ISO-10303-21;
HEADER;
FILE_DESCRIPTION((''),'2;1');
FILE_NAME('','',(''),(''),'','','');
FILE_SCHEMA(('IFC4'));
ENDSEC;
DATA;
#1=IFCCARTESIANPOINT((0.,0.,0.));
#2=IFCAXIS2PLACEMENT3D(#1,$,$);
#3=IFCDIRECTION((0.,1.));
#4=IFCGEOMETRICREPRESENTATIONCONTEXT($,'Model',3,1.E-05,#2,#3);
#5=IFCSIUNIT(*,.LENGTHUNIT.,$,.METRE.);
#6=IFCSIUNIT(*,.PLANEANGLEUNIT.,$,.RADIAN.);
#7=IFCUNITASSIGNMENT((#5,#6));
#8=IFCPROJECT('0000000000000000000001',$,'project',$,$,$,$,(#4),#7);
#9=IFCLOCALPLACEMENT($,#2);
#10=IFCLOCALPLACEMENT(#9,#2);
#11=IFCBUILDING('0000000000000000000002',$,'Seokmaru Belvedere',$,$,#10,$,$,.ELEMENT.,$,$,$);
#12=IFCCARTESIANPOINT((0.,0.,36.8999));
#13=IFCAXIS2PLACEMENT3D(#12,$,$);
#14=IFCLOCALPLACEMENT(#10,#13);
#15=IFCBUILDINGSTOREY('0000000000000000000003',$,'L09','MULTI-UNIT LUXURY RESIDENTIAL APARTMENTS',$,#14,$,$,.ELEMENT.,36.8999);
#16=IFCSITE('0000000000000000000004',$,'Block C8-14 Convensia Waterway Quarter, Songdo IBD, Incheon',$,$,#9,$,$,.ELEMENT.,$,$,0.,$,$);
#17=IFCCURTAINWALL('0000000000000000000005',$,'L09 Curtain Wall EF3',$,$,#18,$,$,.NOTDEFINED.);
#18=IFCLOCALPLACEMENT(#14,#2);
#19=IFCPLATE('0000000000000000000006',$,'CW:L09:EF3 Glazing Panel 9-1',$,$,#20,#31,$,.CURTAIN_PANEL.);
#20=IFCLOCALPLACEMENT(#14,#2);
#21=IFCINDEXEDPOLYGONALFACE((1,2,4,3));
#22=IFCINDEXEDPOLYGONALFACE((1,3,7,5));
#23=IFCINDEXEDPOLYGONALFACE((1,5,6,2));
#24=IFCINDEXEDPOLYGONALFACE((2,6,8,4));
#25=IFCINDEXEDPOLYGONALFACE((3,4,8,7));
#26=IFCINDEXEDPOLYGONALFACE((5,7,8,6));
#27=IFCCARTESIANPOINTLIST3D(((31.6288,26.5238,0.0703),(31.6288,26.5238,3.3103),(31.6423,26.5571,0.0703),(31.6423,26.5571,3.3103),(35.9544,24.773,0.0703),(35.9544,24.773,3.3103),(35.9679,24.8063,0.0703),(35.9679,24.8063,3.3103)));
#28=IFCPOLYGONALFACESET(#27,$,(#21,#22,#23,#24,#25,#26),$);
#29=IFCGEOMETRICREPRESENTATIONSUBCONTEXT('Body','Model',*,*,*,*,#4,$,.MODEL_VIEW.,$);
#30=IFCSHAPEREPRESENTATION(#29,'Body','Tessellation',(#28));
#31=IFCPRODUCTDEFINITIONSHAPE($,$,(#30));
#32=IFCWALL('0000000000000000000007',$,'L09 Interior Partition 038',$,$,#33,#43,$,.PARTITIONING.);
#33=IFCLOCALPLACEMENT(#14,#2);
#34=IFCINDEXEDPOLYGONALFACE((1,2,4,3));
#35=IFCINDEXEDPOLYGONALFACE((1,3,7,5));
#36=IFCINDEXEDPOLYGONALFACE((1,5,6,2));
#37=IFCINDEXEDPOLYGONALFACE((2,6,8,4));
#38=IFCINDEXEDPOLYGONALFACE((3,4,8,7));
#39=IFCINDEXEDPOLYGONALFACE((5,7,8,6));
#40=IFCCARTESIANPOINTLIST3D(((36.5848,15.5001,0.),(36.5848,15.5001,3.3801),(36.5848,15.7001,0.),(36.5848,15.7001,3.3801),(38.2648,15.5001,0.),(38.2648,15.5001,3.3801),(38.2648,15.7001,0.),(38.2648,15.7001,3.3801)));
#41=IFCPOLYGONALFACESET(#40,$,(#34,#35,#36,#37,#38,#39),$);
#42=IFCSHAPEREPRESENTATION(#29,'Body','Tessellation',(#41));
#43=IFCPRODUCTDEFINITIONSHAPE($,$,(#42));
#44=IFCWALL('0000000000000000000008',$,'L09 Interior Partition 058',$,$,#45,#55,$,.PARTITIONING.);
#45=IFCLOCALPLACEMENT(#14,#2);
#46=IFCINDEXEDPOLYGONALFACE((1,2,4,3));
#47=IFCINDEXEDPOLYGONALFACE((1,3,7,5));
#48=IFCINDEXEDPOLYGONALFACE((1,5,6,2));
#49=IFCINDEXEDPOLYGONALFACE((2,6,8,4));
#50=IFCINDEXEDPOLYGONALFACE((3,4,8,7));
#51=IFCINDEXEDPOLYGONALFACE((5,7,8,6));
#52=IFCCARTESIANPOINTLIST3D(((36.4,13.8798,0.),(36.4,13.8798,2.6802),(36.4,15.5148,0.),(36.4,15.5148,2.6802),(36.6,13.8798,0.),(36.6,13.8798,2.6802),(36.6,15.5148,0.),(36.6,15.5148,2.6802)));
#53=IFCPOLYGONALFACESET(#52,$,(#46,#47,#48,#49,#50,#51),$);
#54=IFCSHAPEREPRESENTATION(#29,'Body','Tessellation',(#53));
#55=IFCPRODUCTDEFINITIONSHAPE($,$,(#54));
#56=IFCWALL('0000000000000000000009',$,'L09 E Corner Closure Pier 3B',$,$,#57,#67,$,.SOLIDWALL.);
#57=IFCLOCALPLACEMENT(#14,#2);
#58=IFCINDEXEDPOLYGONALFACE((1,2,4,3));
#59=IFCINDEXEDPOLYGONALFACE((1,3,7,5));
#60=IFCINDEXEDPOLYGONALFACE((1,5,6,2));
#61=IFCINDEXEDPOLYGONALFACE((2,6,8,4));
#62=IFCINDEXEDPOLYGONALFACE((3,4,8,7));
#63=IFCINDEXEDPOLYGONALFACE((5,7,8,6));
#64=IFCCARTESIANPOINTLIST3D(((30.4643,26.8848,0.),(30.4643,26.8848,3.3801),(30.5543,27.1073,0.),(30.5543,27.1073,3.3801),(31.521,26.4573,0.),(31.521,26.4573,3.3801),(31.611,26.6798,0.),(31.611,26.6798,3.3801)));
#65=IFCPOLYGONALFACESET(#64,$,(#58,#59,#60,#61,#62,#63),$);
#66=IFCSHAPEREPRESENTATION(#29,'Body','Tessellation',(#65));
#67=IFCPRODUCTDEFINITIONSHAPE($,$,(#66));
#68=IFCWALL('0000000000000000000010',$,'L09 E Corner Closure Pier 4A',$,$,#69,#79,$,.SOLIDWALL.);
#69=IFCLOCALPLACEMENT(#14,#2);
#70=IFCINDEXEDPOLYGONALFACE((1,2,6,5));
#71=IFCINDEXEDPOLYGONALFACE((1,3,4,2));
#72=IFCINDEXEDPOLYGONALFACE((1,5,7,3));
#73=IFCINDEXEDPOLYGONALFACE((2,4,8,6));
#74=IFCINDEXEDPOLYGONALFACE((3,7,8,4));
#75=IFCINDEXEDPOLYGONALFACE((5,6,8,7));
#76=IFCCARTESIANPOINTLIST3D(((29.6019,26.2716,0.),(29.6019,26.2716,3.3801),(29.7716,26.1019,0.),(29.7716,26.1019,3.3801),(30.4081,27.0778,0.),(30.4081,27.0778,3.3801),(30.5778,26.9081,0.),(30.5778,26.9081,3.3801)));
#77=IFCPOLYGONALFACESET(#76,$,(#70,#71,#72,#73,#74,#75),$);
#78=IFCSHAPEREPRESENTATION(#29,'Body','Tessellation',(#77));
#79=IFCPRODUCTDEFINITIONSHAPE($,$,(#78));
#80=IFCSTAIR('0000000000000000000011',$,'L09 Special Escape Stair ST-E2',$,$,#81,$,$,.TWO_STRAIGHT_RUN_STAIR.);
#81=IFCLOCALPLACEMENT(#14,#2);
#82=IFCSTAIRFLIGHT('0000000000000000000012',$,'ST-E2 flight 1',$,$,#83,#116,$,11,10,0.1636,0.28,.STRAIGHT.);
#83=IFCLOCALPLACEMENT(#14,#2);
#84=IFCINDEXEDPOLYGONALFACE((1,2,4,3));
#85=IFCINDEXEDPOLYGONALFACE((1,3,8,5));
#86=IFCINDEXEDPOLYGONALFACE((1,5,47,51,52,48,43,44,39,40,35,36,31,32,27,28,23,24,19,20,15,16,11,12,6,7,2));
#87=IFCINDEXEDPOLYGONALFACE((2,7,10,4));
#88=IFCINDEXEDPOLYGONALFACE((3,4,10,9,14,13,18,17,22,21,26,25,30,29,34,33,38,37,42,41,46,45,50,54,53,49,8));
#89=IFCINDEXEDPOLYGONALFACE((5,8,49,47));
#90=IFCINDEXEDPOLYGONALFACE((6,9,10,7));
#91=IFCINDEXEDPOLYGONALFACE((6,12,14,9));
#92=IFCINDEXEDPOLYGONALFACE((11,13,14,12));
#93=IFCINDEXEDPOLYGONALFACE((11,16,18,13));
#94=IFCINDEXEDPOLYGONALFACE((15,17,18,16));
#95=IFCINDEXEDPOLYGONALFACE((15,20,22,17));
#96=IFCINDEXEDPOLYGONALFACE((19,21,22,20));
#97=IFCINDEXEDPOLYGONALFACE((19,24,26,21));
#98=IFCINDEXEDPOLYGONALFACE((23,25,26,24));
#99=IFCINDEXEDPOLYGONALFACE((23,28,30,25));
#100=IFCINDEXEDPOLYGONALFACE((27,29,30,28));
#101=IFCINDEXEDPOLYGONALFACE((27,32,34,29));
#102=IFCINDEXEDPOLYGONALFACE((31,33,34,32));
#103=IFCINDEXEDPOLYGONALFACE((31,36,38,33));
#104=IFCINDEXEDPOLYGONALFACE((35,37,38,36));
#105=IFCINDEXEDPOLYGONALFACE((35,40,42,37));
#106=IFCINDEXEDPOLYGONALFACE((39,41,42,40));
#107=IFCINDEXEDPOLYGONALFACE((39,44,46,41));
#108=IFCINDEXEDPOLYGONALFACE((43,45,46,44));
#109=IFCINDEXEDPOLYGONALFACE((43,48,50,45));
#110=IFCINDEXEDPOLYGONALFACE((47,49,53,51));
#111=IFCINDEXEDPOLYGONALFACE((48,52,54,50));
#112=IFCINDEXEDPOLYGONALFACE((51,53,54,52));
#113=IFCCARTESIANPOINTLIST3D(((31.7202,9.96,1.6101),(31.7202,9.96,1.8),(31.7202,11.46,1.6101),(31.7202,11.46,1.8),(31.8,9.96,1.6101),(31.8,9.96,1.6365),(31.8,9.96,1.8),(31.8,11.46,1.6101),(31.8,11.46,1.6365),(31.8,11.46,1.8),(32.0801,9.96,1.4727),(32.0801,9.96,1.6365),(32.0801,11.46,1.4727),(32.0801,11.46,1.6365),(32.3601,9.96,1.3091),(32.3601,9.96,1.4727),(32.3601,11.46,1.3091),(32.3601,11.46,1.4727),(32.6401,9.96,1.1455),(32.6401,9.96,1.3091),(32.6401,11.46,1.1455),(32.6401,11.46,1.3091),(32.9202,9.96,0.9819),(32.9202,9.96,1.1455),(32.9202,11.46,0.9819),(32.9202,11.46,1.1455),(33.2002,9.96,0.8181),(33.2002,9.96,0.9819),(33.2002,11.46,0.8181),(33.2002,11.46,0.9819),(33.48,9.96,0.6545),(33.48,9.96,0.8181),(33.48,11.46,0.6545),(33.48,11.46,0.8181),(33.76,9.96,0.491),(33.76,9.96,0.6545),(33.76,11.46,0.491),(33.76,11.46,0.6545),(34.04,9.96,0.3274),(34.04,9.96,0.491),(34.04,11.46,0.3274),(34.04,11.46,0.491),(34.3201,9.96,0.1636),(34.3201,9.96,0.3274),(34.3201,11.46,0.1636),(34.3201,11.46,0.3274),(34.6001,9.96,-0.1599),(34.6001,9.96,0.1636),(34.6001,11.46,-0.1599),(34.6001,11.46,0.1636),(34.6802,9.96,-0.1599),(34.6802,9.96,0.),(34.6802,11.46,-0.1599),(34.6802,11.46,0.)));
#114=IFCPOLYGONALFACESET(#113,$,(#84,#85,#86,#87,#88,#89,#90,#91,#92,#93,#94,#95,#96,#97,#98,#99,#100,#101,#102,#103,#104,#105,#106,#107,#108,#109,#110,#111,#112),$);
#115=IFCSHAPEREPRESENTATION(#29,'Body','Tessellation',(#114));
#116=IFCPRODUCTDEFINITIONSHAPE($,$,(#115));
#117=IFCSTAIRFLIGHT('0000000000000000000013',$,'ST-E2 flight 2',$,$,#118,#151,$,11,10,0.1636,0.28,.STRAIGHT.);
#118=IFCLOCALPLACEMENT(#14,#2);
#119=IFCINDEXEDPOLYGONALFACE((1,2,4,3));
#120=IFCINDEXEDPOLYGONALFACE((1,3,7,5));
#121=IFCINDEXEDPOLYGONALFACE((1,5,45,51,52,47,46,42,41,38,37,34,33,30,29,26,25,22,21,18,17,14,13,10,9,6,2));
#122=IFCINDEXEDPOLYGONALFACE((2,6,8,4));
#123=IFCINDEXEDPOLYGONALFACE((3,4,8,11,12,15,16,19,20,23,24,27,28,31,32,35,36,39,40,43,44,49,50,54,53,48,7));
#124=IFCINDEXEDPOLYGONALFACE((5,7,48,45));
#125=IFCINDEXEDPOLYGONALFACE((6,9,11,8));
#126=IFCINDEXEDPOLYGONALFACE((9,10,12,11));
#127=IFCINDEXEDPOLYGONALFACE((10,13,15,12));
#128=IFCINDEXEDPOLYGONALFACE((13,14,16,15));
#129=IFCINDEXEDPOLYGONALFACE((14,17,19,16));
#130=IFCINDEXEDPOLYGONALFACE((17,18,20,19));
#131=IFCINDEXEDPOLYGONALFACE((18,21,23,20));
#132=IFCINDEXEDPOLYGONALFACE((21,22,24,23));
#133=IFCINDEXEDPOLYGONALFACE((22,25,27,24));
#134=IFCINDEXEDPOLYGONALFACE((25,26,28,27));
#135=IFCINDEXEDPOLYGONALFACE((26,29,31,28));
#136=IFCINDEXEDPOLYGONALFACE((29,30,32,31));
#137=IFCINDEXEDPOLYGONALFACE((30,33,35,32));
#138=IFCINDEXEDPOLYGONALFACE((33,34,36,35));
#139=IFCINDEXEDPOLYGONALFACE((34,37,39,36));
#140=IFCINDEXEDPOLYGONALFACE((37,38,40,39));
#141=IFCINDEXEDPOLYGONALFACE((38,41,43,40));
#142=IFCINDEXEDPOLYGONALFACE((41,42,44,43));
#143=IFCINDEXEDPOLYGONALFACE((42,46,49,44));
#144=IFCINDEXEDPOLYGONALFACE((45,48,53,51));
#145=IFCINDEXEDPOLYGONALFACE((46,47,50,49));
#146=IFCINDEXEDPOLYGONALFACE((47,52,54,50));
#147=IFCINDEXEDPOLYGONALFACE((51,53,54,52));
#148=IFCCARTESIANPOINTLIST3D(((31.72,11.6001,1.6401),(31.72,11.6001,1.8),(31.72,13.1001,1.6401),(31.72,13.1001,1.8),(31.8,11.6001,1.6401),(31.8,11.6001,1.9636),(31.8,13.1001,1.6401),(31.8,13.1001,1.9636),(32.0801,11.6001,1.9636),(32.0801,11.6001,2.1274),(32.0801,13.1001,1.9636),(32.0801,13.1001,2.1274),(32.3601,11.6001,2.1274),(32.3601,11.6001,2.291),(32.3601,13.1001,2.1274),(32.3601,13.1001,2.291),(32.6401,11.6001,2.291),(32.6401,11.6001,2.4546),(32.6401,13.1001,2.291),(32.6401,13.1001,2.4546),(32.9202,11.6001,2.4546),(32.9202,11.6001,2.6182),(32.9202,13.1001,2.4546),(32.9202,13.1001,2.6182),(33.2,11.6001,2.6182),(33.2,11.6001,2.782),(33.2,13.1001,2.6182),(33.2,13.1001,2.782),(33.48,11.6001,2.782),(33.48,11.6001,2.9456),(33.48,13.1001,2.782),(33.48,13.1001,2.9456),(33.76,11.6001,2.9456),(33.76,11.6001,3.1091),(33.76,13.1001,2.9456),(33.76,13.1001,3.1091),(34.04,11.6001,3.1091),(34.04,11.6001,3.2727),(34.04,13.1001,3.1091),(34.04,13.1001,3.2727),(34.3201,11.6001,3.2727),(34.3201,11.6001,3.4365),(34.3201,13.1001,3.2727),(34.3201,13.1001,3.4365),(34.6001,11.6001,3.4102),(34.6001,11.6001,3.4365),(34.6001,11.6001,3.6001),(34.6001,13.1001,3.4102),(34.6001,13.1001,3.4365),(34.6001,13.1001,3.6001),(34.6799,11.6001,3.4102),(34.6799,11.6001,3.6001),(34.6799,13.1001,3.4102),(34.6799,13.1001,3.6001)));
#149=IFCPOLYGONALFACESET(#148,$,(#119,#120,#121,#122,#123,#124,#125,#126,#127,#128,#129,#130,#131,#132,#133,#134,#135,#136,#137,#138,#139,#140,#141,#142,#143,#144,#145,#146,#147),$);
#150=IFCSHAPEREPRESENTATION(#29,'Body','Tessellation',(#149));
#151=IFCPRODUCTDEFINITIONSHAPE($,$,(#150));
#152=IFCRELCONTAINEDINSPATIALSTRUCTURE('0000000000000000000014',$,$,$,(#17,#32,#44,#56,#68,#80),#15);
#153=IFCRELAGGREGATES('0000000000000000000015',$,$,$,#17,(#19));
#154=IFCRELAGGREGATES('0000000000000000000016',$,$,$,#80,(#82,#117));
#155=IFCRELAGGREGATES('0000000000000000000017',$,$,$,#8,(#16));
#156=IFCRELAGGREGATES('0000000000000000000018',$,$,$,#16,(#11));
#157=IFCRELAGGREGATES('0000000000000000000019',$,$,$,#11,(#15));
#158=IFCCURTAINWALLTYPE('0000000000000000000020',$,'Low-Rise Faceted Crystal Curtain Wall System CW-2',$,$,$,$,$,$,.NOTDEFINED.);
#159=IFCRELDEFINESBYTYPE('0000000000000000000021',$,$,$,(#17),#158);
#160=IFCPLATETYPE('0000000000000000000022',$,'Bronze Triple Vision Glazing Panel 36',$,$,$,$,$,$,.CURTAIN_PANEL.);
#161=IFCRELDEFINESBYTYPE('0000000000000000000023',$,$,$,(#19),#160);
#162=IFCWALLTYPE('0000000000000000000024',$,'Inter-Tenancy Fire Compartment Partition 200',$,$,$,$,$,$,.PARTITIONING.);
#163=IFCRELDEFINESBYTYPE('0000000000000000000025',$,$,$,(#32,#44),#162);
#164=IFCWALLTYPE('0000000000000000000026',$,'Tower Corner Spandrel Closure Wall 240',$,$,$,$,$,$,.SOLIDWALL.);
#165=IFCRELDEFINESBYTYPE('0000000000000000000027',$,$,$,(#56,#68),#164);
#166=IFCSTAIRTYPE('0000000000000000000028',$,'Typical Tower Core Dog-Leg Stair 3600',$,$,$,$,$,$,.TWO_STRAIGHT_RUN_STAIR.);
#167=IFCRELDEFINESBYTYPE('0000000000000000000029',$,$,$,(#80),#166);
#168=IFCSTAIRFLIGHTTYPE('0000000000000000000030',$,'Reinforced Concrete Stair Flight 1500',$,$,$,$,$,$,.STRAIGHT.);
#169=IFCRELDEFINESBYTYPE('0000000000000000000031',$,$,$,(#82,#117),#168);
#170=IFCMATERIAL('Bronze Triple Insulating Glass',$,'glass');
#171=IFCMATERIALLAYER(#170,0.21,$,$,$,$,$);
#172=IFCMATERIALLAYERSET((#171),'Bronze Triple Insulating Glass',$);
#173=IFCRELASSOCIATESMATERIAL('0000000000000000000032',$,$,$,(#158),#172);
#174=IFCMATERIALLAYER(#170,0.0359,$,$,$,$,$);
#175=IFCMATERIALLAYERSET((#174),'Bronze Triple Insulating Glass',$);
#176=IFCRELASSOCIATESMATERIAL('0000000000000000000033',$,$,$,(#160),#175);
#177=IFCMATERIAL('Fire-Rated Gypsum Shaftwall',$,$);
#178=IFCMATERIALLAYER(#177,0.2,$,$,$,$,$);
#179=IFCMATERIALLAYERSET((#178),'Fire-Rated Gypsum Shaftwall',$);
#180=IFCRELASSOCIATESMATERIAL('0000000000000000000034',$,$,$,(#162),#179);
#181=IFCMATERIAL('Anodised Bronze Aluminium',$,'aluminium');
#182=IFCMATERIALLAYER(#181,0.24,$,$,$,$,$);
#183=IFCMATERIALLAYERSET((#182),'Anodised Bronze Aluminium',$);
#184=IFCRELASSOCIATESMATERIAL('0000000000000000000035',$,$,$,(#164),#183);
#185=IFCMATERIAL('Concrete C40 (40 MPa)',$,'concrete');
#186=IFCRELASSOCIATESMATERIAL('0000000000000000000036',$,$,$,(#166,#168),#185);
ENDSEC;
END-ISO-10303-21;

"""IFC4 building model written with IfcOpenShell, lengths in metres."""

from ifc_helpers import new_model, si_unit, direction, frame, frame_2d, origin, origin_2d, place, context, subcontext, project, spatial, polyline, rectangle, outline, extrude, source, transform, mapped, material, layer, layer_set, type_object, type_shapes, element, aggregate, save


model = new_model("IFC4")

# Units and contexts
model_context = context("Model", 3, precision=1e-05, world=origin(), true_north=direction((0.0, 1.0)))
body_context = subcontext(model_context, "Body", "Model", "MODEL_VIEW")
ifc_project = project(units=[si_unit("LENGTHUNIT", "METRE"), si_unit("PLANEANGLEUNIT", "RADIAN")], contexts=[model_context])

# Site, building, storey
site_placement = place(None, origin())
site = spatial("IfcSite", under=ifc_project, at=site_placement, Name="Block C8-14 Convensia Waterway Quarter, Songdo IBD, Incheon", CompositionType="ELEMENT", RefElevation=0.0)
building_placement = place(site_placement, origin())
building = spatial("IfcBuilding", under=site, at=building_placement, Name="Seokmaru Belvedere", CompositionType="ELEMENT")
storey_placement = place(building_placement, frame((0.0, 0.0, 36.8999)))
storey = spatial("IfcBuildingStorey", under=building, at=storey_placement, Name="L09", Description="MULTI-UNIT LUXURY RESIDENTIAL APARTMENTS", CompositionType="ELEMENT", Elevation=36.8999)

# Curtain wall, plate
ifc_material_1 = material(Name="Bronze Triple Insulating Glass", Category="glass")
ifc_layer_1 = layer(ifc_material_1, 0.21)
ifc_layer_set_1 = layer_set([ifc_layer_1], Name="Bronze Triple Insulating Glass")
curtain_wall_type = type_object("IfcCurtainWallType", Name="Low-Rise Faceted Crystal Curtain Wall System CW-2", PredefinedType="NOTDEFINED", material=ifc_layer_set_1)
curtain_wall_placement = place(storey_placement, origin())
curtain_wall = element("IfcCurtainWall", 1, at=curtain_wall_placement, inside=storey, type_object=curtain_wall_type, Name="L09 Curtain Wall EF3", PredefinedType="NOTDEFINED")
ifc_material_2 = material(Name="Anodised Bronze Aluminium", Category="aluminium")
ifc_layer_2 = layer(ifc_material_1, 0.0359)
ifc_layer_set_2 = layer_set([ifc_layer_2], Name="Bronze Triple Insulating Glass")
plate_type = type_object("IfcPlateType", Name="Bronze Triple Vision Glazing Panel 36", PredefinedType="CURTAIN_PANEL", material=ifc_layer_set_2)
shared_shape_1 = source(origin(), body_context, "Body", "SweptSolid", [
    extrude(rectangle(XDim=4.6665, YDim=0.0359, at=origin_2d()), origin(), (0.0, 0.0, 1.0), 3.24),
])
type_shapes(plate_type, [shared_shape_1])
plate_placement = place(storey_placement, frame((33.7983, 25.665, 0.0703), z_axis=(0.0, 0.0, 1.0), x_axis=(-0.926947, 0.375192, 0.0)))
plate = element("IfcPlate", 2, at=plate_placement, type_object=plate_type, Name="CW:L09:EF3 Glazing Panel 9-1", PredefinedType="CURTAIN_PANEL", context=body_context, shape_type="MappedRepresentation", body=[
    mapped(shared_shape_1, transform((0.0, 0.0, 0.0), scale=1.0)),
])
aggregate(curtain_wall, [plate])

# Walls
ifc_material_3 = material(Name="Fire-Rated Gypsum Shaftwall")
ifc_layer_3 = layer(ifc_material_3, 0.2)
ifc_layer_set_3 = layer_set([ifc_layer_3], Name="Fire-Rated Gypsum Shaftwall")
wall_type_1 = type_object("IfcWallType", Name="Inter-Tenancy Fire Compartment Partition 200", PredefinedType="PARTITIONING", material=ifc_layer_set_3)
wall_1_placement = place(storey_placement, frame((36.585, 15.6001, 0.0), z_axis=(0.0, 0.0, 1.0), x_axis=(1.0, 0.0, 0.0)))
element("IfcWall", 3, at=wall_1_placement, inside=storey, type_object=wall_type_1, Name="L09 Interior Partition 038", PredefinedType="PARTITIONING", context=body_context, shape_type="SweptSolid", body=[
    extrude(rectangle(XDim=1.6799, YDim=0.2, at=frame_2d((0.8398, 0.0))), origin(), (0.0, 0.0, 1.0), 3.3801),
])
wall_2_placement = place(storey_placement, frame((36.5, 13.8799, 0.0), z_axis=(0.0, 0.0, 1.0), x_axis=(0.0, 1.0, 0.0)))
element("IfcWall", 4, at=wall_2_placement, inside=storey, type_object=wall_type_1, Name="L09 Interior Partition 058", PredefinedType="PARTITIONING", context=body_context, shape_type="SweptSolid", body=[
    extrude(rectangle(XDim=1.635, YDim=0.2, at=frame_2d((0.8174, 0.0))), origin(), (0.0, 0.0, 1.0), 2.6802),
])
ifc_layer_4 = layer(ifc_material_2, 0.24)
ifc_layer_set_4 = layer_set([ifc_layer_4], Name="Anodised Bronze Aluminium")
wall_type_2 = type_object("IfcWallType", Name="Tower Corner Spandrel Closure Wall 240", PredefinedType="SOLIDWALL", material=ifc_layer_set_4)
wall_3_placement = place(storey_placement, frame((31.5659, 26.5686, 0.0), z_axis=(0.0, 0.0, 1.0), x_axis=(-0.927007, 0.375044, 0.0)))
element("IfcWall", 5, at=wall_3_placement, inside=storey, type_object=wall_type_2, Name="L09 E Corner Closure Pier 3B", PredefinedType="SOLIDWALL", context=body_context, shape_type="SweptSolid", body=[
    extrude(rectangle(XDim=1.1399, YDim=0.24, at=frame_2d((0.5698, 0.0))), origin(), (0.0, 0.0, 1.0), 3.3801),
])
wall_4_placement = place(storey_placement, frame((30.4929, 26.9929, 0.0), z_axis=(0.0, 0.0, 1.0), x_axis=(-0.707107, -0.707107, 0.0)))
element("IfcWall", 6, at=wall_4_placement, inside=storey, type_object=wall_type_2, Name="L09 E Corner Closure Pier 4A", PredefinedType="SOLIDWALL", context=body_context, shape_type="SweptSolid", body=[
    extrude(rectangle(XDim=1.1401, YDim=0.24, at=frame_2d((0.5701, 0.0))), origin(), (0.0, 0.0, 1.0), 3.3801),
])

# Stair, stair flights
ifc_material_4 = material(Name="Concrete C40 (40 MPa)", Category="concrete")
stair_type = type_object("IfcStairType", Name="Typical Tower Core Dog-Leg Stair 3600", PredefinedType="TWO_STRAIGHT_RUN_STAIR", material=ifc_material_4)
stair_placement = place(storey_placement, origin())
stair = element("IfcStair", 7, at=stair_placement, inside=storey, type_object=stair_type, Name="L09 Special Escape Stair ST-E2", PredefinedType="TWO_STRAIGHT_RUN_STAIR")
stair_flight_type = type_object("IfcStairFlightType", Name="Reinforced Concrete Stair Flight 1500", PredefinedType="STRAIGHT", material=ifc_material_4)
stair_flight_1_placement = place(storey_placement, frame((34.6001, 10.71, 0.0), z_axis=(0.0, 0.0, 1.0), x_axis=(-1.0, 0.0, 0.0)))
stair_flight_1 = element("IfcStairFlight", 8, at=stair_flight_1_placement, type_object=stair_flight_type, Name="ST-E2 flight 1", NumberOfRisers=11, NumberOfTreads=10, PredefinedType="STRAIGHT", RiserHeight=0.1636, TreadLength=0.28, context=body_context, shape_type="SweptSolid", body=[
    extrude(outline(polyline([(-0.0801, 0.0), (0.0, 0.1636), (0.28, 0.1636), (0.28, 0.3274), (0.5601, 0.3274), (0.5601, 0.491), (0.8401, 0.491), (0.8401, 0.6545), (1.1201, 0.6545), (1.1201, 0.8181), (1.3999, 0.8181), (1.3999, 0.9819), (1.6799, 0.9819), (1.6799, 1.1455), (1.96, 1.1455), (1.96, 1.3091), (2.24, 1.3091), (2.24, 1.4727), (2.52, 1.4727), (2.52, 1.6365), (2.8, 1.6365), (2.8, 1.8), (2.8799, 1.8), (2.8799, 1.6101), (2.8, 1.6101), (0.0, -0.1599), (-0.0801, -0.1599), (-0.0801, 0.0)])), frame((0.0, 0.75, 0.0), z_axis=(0.0, -1.0, 0.0), x_axis=(1.0, 0.0, 0.0)), (0.0, 0.0, 1.0), 1.5),
])
stair_flight_2_placement = place(storey_placement, frame((31.8, 12.3501, 1.8), z_axis=(0.0, 0.0, 1.0), x_axis=(1.0, 0.0, 0.0)))
stair_flight_2 = element("IfcStairFlight", 9, at=stair_flight_2_placement, type_object=stair_flight_type, Name="ST-E2 flight 2", NumberOfRisers=11, NumberOfTreads=10, PredefinedType="STRAIGHT", RiserHeight=0.1636, TreadLength=0.28, context=body_context, shape_type="SweptSolid", body=[
    extrude(outline(polyline([(-0.0801, 0.0), (0.0, 0.1636), (0.28, 0.1636), (0.28, 0.3274), (0.5601, 0.3274), (0.5601, 0.491), (0.8401, 0.491), (0.8401, 0.6545), (1.1201, 0.6545), (1.1201, 0.8181), (1.3999, 0.8181), (1.3999, 0.9819), (1.6799, 0.9819), (1.6799, 1.1455), (1.96, 1.1455), (1.96, 1.3091), (2.24, 1.3091), (2.24, 1.4727), (2.52, 1.4727), (2.52, 1.6365), (2.8, 1.6365), (2.8, 1.8), (2.8799, 1.8), (2.8799, 1.6101), (2.8, 1.6101), (0.0, -0.1599), (-0.0801, -0.1599), (-0.0801, 0.0)])), frame((0.0, 0.75, 0.0), z_axis=(0.0, -1.0, 0.0), x_axis=(1.0, 0.0, 0.0)), (0.0, 0.0, 1.0), 1.5),
])
aggregate(stair, [stair_flight_1, stair_flight_2])

save(model, "model.ifc")
